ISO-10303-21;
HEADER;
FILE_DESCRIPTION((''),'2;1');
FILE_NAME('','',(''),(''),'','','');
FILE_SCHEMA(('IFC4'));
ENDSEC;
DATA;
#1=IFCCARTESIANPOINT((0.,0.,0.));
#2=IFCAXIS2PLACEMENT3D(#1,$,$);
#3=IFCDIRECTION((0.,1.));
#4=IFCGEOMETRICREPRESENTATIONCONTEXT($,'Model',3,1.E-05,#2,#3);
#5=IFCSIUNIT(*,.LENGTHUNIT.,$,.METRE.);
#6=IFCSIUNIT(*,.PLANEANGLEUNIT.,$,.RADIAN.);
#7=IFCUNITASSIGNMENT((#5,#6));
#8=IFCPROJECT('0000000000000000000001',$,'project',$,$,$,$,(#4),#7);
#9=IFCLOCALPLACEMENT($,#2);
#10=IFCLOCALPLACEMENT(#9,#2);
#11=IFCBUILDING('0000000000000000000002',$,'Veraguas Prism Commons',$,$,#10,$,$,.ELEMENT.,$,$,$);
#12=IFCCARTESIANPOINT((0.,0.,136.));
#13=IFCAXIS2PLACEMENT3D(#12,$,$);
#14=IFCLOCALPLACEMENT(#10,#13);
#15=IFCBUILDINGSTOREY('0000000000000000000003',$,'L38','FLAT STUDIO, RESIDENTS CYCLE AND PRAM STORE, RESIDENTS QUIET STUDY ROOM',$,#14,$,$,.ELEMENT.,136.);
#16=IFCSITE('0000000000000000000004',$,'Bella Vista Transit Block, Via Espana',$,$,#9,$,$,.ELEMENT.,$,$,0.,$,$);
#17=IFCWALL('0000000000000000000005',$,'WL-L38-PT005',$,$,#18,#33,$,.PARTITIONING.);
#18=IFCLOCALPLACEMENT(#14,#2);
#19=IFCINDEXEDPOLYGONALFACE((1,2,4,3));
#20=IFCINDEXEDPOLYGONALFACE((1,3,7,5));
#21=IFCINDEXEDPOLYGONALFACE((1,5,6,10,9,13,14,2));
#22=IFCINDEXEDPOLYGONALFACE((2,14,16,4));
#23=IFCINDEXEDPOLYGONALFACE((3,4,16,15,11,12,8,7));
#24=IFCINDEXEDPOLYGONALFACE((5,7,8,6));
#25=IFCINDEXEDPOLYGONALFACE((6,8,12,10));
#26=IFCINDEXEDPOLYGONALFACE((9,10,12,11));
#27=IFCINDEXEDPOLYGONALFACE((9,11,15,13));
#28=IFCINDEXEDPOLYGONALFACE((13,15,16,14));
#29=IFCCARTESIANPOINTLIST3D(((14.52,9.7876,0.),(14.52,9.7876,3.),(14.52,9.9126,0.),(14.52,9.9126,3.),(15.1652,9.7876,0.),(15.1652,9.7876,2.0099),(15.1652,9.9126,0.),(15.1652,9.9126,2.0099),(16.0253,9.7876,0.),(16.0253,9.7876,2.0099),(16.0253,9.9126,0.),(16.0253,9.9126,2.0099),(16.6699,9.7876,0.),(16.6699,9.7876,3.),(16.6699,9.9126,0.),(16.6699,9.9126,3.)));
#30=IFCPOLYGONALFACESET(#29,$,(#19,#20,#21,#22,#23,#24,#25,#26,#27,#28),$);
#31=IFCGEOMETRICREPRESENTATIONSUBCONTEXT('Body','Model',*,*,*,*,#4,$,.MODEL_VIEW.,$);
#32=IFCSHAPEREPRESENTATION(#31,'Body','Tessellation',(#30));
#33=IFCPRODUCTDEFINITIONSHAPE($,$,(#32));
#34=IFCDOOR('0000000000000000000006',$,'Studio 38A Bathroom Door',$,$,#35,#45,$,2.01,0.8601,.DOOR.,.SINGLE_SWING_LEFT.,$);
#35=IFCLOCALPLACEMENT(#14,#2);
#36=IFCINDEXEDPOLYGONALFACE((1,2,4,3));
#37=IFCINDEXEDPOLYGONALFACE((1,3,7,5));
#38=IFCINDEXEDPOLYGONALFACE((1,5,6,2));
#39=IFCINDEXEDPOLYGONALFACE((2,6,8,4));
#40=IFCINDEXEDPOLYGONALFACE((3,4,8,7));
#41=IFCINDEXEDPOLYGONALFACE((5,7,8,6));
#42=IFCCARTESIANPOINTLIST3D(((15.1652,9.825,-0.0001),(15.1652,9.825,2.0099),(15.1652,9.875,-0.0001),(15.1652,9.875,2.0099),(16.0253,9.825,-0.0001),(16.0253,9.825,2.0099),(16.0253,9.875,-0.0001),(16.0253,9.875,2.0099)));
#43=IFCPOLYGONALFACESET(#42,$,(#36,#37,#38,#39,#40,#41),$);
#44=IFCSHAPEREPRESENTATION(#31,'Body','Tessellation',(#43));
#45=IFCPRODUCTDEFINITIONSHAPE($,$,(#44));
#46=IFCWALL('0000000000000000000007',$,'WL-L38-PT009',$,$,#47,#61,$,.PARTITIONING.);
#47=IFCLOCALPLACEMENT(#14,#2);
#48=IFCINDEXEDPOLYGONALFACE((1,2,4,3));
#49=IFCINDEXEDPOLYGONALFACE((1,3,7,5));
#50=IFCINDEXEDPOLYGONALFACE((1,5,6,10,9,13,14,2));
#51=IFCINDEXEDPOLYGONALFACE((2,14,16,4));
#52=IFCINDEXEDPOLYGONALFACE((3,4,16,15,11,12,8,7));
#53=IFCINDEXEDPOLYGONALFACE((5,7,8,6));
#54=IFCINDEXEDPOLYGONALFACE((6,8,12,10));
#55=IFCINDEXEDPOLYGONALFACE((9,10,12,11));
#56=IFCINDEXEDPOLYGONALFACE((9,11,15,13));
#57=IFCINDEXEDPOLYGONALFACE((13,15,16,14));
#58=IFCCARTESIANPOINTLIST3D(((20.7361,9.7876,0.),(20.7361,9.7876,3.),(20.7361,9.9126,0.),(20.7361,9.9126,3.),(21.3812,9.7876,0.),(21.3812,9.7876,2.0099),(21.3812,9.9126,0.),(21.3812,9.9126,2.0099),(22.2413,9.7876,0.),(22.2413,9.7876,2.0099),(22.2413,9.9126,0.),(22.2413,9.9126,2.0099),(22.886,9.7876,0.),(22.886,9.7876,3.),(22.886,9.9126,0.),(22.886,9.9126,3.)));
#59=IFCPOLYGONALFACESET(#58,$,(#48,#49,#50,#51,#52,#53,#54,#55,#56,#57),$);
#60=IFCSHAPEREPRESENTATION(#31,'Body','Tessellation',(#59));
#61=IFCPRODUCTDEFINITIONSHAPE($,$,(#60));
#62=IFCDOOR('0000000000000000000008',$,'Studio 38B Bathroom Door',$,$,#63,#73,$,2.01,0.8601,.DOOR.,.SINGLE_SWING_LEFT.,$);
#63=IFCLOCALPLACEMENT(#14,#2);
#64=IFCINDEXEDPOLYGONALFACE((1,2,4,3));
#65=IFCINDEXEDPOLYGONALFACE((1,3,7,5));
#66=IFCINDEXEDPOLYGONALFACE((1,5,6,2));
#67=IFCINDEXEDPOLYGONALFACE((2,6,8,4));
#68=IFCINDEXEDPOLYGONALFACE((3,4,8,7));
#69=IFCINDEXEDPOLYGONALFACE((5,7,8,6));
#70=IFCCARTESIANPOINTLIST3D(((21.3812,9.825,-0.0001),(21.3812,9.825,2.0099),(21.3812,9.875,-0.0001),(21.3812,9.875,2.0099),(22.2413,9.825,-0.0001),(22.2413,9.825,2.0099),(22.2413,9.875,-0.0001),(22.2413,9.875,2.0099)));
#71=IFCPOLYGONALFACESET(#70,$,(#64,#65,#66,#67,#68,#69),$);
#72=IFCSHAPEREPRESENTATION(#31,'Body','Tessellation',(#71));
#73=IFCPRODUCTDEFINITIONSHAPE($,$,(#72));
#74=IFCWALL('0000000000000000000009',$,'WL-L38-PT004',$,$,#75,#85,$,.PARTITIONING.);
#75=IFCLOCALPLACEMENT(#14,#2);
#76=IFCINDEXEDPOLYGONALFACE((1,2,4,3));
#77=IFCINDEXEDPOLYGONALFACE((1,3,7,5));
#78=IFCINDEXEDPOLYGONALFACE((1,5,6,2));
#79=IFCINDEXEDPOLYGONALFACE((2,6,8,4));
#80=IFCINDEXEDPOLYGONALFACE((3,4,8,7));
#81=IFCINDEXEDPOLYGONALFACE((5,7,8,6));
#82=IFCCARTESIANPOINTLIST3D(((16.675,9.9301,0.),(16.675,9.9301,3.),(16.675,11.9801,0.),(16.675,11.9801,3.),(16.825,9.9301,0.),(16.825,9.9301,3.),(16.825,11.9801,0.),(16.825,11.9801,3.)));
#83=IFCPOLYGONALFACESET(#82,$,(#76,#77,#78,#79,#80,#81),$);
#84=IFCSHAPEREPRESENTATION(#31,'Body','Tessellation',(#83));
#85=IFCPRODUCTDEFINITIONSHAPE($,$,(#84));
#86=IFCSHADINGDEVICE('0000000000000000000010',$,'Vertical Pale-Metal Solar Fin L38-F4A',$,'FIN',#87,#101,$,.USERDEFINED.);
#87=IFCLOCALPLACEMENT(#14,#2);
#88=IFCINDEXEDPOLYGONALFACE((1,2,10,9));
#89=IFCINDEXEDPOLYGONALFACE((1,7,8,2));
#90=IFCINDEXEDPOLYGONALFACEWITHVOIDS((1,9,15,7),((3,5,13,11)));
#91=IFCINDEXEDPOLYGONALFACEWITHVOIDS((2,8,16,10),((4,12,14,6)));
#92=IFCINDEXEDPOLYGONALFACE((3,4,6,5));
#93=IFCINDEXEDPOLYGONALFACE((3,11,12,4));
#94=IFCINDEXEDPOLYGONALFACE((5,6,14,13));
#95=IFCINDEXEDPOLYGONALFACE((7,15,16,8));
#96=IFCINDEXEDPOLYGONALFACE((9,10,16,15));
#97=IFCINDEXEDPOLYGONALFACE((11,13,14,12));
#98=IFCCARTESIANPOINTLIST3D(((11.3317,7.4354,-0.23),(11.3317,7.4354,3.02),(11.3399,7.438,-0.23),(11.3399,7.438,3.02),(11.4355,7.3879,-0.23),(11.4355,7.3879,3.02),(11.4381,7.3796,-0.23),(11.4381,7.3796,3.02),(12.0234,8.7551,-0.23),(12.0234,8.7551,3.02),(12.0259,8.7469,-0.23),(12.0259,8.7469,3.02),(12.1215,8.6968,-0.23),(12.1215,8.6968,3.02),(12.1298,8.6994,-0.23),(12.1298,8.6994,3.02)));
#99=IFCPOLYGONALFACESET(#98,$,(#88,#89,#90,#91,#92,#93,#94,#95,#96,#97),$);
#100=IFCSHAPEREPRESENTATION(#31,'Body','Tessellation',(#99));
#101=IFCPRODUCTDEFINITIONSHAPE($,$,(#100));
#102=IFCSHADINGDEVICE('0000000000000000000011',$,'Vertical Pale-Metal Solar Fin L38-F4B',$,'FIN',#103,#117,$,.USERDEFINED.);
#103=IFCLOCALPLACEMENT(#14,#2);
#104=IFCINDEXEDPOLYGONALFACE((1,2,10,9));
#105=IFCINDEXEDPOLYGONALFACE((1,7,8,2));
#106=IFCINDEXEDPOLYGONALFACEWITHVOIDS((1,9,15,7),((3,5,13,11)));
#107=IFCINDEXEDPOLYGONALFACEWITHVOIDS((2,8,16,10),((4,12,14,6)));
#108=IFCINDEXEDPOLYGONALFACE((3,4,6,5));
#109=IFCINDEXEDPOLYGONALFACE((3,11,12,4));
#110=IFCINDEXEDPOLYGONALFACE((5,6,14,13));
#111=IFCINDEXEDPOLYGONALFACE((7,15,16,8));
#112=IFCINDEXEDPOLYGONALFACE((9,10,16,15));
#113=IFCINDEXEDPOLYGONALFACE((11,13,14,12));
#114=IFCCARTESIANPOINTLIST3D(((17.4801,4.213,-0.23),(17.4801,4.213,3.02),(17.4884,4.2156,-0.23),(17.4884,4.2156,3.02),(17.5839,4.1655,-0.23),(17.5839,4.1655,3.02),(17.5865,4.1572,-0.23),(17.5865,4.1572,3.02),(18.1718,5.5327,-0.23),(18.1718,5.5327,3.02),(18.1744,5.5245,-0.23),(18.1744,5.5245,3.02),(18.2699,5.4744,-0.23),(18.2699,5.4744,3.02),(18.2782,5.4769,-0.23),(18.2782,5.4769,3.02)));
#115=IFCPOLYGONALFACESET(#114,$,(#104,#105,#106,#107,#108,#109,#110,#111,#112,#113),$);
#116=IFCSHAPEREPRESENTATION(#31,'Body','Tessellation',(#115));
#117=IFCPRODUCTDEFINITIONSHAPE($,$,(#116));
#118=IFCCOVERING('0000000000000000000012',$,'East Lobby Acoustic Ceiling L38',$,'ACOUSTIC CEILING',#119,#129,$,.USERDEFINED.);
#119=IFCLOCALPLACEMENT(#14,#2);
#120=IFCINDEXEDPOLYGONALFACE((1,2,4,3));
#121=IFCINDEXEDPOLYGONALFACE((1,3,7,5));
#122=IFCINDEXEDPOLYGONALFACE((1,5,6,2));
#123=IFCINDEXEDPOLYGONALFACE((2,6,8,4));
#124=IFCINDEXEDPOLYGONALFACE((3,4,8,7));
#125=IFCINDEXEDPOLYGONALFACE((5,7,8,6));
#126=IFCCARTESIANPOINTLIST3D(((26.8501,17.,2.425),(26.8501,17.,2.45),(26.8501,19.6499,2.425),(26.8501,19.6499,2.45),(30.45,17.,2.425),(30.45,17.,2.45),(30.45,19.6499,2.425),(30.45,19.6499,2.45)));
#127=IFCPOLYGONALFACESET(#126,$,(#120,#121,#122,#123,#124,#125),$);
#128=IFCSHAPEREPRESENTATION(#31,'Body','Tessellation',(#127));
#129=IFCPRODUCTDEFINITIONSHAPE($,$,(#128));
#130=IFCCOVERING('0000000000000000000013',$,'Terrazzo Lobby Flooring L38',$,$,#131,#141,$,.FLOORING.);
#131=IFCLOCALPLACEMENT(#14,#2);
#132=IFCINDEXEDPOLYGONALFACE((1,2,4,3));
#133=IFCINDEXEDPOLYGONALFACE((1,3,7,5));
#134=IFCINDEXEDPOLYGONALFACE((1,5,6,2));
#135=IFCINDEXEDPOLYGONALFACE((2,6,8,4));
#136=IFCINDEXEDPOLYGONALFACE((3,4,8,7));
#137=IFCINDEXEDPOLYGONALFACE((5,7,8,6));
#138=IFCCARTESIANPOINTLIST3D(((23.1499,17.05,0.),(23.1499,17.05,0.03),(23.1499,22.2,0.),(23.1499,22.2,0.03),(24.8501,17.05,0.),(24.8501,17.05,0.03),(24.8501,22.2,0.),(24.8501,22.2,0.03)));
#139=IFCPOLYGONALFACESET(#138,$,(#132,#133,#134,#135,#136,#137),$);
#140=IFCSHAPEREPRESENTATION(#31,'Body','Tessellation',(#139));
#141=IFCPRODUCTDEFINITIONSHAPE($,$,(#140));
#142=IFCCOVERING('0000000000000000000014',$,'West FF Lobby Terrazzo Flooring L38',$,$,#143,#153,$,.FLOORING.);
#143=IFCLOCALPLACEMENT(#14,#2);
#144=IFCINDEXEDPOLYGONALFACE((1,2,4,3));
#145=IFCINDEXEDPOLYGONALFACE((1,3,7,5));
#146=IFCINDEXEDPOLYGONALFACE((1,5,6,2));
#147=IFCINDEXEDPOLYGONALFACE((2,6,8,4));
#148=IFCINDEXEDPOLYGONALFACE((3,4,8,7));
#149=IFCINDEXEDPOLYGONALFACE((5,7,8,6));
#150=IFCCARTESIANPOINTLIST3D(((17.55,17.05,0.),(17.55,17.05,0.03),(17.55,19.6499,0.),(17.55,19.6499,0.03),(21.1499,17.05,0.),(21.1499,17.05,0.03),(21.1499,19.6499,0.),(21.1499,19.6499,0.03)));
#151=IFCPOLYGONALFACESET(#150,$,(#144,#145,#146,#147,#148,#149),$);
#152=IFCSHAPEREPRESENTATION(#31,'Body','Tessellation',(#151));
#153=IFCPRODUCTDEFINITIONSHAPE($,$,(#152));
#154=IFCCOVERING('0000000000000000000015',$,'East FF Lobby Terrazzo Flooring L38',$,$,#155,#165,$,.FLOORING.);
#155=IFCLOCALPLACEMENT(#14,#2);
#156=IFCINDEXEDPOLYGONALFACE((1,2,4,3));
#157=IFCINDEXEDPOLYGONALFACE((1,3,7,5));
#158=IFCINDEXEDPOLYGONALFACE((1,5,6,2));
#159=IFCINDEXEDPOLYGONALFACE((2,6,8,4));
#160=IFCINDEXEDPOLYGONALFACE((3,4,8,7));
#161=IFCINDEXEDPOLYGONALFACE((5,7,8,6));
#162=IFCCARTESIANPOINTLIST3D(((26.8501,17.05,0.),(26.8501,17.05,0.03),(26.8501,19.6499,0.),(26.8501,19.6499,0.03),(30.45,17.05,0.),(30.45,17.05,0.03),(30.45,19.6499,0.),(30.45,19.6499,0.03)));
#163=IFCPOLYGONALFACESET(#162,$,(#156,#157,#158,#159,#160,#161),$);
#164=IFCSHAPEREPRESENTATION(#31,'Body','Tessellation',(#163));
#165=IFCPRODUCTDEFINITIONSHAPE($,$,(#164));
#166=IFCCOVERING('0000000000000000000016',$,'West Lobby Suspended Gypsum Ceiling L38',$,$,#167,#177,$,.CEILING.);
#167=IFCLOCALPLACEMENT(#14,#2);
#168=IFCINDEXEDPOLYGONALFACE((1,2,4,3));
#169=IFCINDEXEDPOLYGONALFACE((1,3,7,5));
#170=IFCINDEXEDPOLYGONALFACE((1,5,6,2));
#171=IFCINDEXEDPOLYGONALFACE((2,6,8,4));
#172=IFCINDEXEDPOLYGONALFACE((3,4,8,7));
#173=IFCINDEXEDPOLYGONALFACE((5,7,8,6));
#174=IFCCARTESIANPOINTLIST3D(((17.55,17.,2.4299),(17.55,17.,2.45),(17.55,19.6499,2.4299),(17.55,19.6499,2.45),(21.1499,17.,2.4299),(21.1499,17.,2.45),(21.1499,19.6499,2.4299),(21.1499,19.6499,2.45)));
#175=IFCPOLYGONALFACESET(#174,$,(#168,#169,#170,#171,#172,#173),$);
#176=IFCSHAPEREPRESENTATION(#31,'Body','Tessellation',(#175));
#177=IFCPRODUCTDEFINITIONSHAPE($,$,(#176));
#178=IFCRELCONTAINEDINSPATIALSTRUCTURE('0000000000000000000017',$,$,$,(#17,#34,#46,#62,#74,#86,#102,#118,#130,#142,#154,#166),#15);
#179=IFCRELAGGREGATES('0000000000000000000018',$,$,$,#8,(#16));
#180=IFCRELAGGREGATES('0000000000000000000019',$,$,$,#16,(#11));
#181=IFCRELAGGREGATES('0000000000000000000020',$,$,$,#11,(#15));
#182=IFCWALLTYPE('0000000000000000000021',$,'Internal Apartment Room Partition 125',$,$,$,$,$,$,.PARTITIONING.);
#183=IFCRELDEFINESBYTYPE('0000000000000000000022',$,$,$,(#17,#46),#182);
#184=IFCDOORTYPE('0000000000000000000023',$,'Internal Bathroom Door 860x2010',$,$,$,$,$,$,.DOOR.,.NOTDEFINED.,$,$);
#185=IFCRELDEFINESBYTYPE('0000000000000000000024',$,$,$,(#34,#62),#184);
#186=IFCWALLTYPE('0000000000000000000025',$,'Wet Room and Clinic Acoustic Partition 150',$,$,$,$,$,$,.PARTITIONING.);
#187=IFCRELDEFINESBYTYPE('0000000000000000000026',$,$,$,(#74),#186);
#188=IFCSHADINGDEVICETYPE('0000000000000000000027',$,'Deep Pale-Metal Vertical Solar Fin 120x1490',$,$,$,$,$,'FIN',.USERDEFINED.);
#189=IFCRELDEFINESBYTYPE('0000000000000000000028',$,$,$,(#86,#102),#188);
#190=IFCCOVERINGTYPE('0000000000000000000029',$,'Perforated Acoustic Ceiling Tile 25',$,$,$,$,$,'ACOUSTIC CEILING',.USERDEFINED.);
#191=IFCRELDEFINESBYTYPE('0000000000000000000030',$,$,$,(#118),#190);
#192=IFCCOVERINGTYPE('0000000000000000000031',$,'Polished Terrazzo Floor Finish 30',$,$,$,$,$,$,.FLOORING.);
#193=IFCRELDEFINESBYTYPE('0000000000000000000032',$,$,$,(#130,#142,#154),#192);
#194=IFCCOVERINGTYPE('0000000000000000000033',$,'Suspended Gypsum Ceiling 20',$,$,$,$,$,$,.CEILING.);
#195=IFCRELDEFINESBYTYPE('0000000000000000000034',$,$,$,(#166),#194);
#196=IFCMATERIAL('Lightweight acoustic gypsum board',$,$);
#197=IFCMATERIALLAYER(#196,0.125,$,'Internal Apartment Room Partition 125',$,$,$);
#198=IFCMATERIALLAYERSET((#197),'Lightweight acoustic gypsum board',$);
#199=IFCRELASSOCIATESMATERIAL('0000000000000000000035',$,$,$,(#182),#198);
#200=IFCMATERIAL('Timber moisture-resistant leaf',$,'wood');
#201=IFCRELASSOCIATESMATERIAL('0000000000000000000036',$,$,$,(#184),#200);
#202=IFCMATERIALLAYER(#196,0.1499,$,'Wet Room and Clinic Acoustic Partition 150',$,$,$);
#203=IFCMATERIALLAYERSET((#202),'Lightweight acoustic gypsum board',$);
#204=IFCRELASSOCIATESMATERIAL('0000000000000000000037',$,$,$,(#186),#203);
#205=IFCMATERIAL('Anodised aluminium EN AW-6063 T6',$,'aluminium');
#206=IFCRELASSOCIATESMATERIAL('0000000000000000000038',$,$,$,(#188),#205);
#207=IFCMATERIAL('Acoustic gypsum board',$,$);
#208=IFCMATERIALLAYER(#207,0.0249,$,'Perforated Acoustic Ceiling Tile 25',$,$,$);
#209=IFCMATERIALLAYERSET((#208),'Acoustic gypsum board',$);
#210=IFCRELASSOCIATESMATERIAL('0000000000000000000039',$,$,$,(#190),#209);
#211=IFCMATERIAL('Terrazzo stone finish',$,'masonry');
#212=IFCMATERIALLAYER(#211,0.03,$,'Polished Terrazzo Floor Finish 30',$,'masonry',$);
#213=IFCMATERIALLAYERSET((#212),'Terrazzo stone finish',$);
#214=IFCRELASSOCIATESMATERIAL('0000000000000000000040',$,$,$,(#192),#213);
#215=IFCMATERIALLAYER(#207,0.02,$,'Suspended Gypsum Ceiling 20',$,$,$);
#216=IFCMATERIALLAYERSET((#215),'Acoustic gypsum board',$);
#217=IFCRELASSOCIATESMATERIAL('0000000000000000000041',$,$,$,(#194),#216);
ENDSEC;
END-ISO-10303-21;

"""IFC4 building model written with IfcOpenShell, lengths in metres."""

from ifc_helpers import new_model, si_unit, direction, frame, frame_2d, origin, origin_2d, place, context, subcontext, project, spatial, polyline, rectangle, hollow_rectangle, outline, extrude, source, transform, mapped, material, layer, layer_set, material_profile, profile_set, type_object, element, fill, save


model = new_model("IFC4")

# Units and contexts
model_context = context("Model", 3, precision=1e-05, world=origin(), true_north=direction((0.0, 1.0)))
body_context = subcontext(model_context, "Body", "Model", "MODEL_VIEW")
ifc_project = project(units=[si_unit("LENGTHUNIT", "METRE"), si_unit("PLANEANGLEUNIT", "RADIAN")], contexts=[model_context])

# Site, building, storey
site_placement = place(None, origin())
site = spatial("IfcSite", under=ifc_project, at=site_placement, Name="Bella Vista Transit Block, Via Espana", CompositionType="ELEMENT", RefElevation=0.0)
building_placement = place(site_placement, origin())
building = spatial("IfcBuilding", under=site, at=building_placement, Name="Veraguas Prism Commons", CompositionType="ELEMENT")
storey_placement = place(building_placement, frame((0.0, 0.0, 136.0)))
storey = spatial("IfcBuildingStorey", under=building, at=storey_placement, Name="L38", Description="FLAT STUDIO, RESIDENTS CYCLE AND PRAM STORE, RESIDENTS QUIET STUDY ROOM", CompositionType="ELEMENT", Elevation=136.0)

# Shared definitions
ifc_material_1 = material(Name="Anodised aluminium EN AW-6063 T6", Category="aluminium")

# Walls, openings, doors
ifc_material_2 = material(Name="Lightweight acoustic gypsum board")
ifc_layer_1 = layer(ifc_material_2, 0.125, Name="Internal Apartment Room Partition 125")
ifc_layer_set_1 = layer_set([ifc_layer_1], Name="Lightweight acoustic gypsum board")
wall_type_1 = type_object("IfcWallType", Name="Internal Apartment Room Partition 125", PredefinedType="PARTITIONING", material=ifc_layer_set_1)
wall_1_placement = place(storey_placement, frame((14.52, 9.8501, 0.0), z_axis=(0.0, 0.0, 1.0), x_axis=(1.0, 0.0, 0.0)))
wall_1 = element("IfcWall", 1, at=wall_1_placement, inside=storey, type_object=wall_type_1, Name="WL-L38-PT005", PredefinedType="PARTITIONING", context=body_context, shape_type="SweptSolid", body=[
    extrude(rectangle(XDim=2.1499, YDim=0.125, at=frame_2d((1.075, 0.0))), origin(), (0.0, 0.0, 1.0), 3.0),
])
opening_1_placement = place(wall_1_placement, frame((0.645, 0.0, 0.0)))
opening_1 = element("IfcOpeningElement", 2, at=opening_1_placement, cuts=wall_1, PredefinedType="OPENING", context=body_context, shape_type="SweptSolid", body=[
    extrude(rectangle(XDim=0.8601, YDim=2.01, at=frame_2d((0.4302, 1.0049))), frame((0.0, 0.0725, 0.0), z_axis=(0.0, -1.0, 0.0), x_axis=(1.0, 0.0, 0.0)), (0.0, 0.0, 1.0), 0.145),
])
ifc_material_3 = material(Name="Timber moisture-resistant leaf", Category="wood")
door_type = type_object("IfcDoorType", Name="Internal Bathroom Door 860x2010", OperationType="NOTDEFINED", PredefinedType="DOOR", material=ifc_material_3)
shared_shape_1 = source(origin(), body_context, "Body", "SweptSolid", [
    extrude(rectangle(XDim=0.8601, YDim=2.01, at=frame_2d((0.4302, 1.0049))), frame((0.0, 0.0249, 0.0), z_axis=(0.0, -1.0, 0.0), x_axis=(1.0, 0.0, 0.0)), (0.0, 0.0, 1.0), 0.05),
])
door_1_placement = place(opening_1_placement, origin())
door_1 = element("IfcDoor", 3, at=door_1_placement, inside=storey, type_object=door_type, Name="Studio 38A Bathroom Door", OperationType="SINGLE_SWING_LEFT", OverallHeight=2.01, OverallWidth=0.8601, PredefinedType="DOOR", context=body_context, shape_type="MappedRepresentation", body=[
    mapped(shared_shape_1, transform((0.0, 0.0, 0.0), scale=1.0)),
])
fill(opening_1, door_1)
wall_2_placement = place(storey_placement, frame((20.7361, 9.8501, 0.0), z_axis=(0.0, 0.0, 1.0), x_axis=(1.0, 0.0, 0.0)))
wall_2 = element("IfcWall", 4, at=wall_2_placement, inside=storey, type_object=wall_type_1, Name="WL-L38-PT009", PredefinedType="PARTITIONING", context=body_context, shape_type="SweptSolid", body=[
    extrude(rectangle(XDim=2.1499, YDim=0.125, at=frame_2d((1.075, 0.0))), origin(), (0.0, 0.0, 1.0), 3.0),
])
opening_2_placement = place(wall_2_placement, frame((0.645, 0.0, 0.0)))
opening_2 = element("IfcOpeningElement", 5, at=opening_2_placement, cuts=wall_2, PredefinedType="OPENING", context=body_context, shape_type="SweptSolid", body=[
    extrude(rectangle(XDim=0.8601, YDim=2.01, at=frame_2d((0.4302, 1.0049))), frame((0.0, 0.0725, 0.0), z_axis=(0.0, -1.0, 0.0), x_axis=(1.0, 0.0, 0.0)), (0.0, 0.0, 1.0), 0.145),
])
door_2_placement = place(opening_2_placement, origin())
door_2 = element("IfcDoor", 6, at=door_2_placement, inside=storey, type_object=door_type, Name="Studio 38B Bathroom Door", OperationType="SINGLE_SWING_LEFT", OverallHeight=2.01, OverallWidth=0.8601, PredefinedType="DOOR", context=body_context, shape_type="MappedRepresentation", body=[
    mapped(shared_shape_1, transform((0.0, 0.0, 0.0), scale=1.0)),
])
fill(opening_2, door_2)

# Wall
ifc_layer_2 = layer(ifc_material_2, 0.1499, Name="Wet Room and Clinic Acoustic Partition 150")
ifc_layer_set_2 = layer_set([ifc_layer_2], Name="Lightweight acoustic gypsum board")
wall_type_2 = type_object("IfcWallType", Name="Wet Room and Clinic Acoustic Partition 150", PredefinedType="PARTITIONING", material=ifc_layer_set_2)
wall_3_placement = place(storey_placement, frame((16.75, 11.98, 0.0), z_axis=(0.0, 0.0, 1.0), x_axis=(0.0, -1.0, 0.0)))
element("IfcWall", 7, at=wall_3_placement, inside=storey, type_object=wall_type_2, Name="WL-L38-PT004", PredefinedType="PARTITIONING", context=body_context, shape_type="SweptSolid", body=[
    extrude(rectangle(XDim=2.05, YDim=0.1499, at=frame_2d((1.0249, 0.0))), origin(), (0.0, 0.0, 1.0), 3.0),
])

# Shading devices
ifc_material_profile_1 = material_profile(ifc_material_1, hollow_rectangle(XDim=0.1201, YDim=1.49, WallThickness=0.0061, at=origin_2d()), Name="FIN120X1490X6")
ifc_profile_set_1 = profile_set([ifc_material_profile_1], Name="Anodised aluminium EN AW-6063 T6")
shading_device_type = type_object("IfcShadingDeviceType", Name="Deep Pale-Metal Vertical Solar Fin 120x1490", ElementType="FIN", PredefinedType="USERDEFINED", material=ifc_profile_set_1)
for number, where, z_axis, x_axis, name in (
    (8, (11.7307, 8.0674, -0.23), (0.0, 0.0, 1.0), (0.885719, -0.464222, 0.0), "Vertical Pale-Metal Solar Fin L38-F4A"),
    (9, (17.8792, 4.845, -0.23), (0.0, 0.0, 1.0), (0.885719, -0.464222, 0.0), "Vertical Pale-Metal Solar Fin L38-F4B"),
):
    element("IfcShadingDevice", number, at=place(storey_placement, frame(where, z_axis=z_axis, x_axis=x_axis)), inside=storey, type_object=shading_device_type, Name=name, ObjectType="FIN", PredefinedType="USERDEFINED", context=body_context, shape_type="SweptSolid", body=[
        extrude(hollow_rectangle(XDim=0.1201, YDim=1.49, WallThickness=0.0061, at=origin_2d()), origin(), (0.0, 0.0, 1.0), 3.25),
    ])

# Coverings
ifc_material_4 = material(Name="Acoustic gypsum board")
ifc_layer_3 = layer(ifc_material_4, 0.0249, Name="Perforated Acoustic Ceiling Tile 25")
ifc_layer_set_3 = layer_set([ifc_layer_3], Name="Acoustic gypsum board")
covering_type_1 = type_object("IfcCoveringType", Name="Perforated Acoustic Ceiling Tile 25", ElementType="ACOUSTIC CEILING", PredefinedType="USERDEFINED", material=ifc_layer_set_3)
covering_1_placement = place(storey_placement, frame((0.0, 0.0, 2.425)))
element("IfcCovering", 10, at=covering_1_placement, inside=storey, type_object=covering_type_1, Name="East Lobby Acoustic Ceiling L38", ObjectType="ACOUSTIC CEILING", PredefinedType="USERDEFINED", context=body_context, shape_type="SweptSolid", body=[
    extrude(outline(polyline([(26.8501, 17.0), (30.45, 17.0), (30.45, 19.6499), (26.8501, 19.6499), (26.8501, 17.0)])), origin(), (0.0, 0.0, 1.0), 0.0249),
])
ifc_material_5 = material(Name="Terrazzo stone finish", Category="masonry")
ifc_layer_4 = layer(ifc_material_5, 0.03, Name="Polished Terrazzo Floor Finish 30", Category="masonry")
ifc_layer_set_4 = layer_set([ifc_layer_4], Name="Terrazzo stone finish")
covering_type_2 = type_object("IfcCoveringType", Name="Polished Terrazzo Floor Finish 30", PredefinedType="FLOORING", material=ifc_layer_set_4)
covering_2_placement = place(storey_placement, origin())
element("IfcCovering", 11, at=covering_2_placement, inside=storey, type_object=covering_type_2, Name="Terrazzo Lobby Flooring L38", PredefinedType="FLOORING", context=body_context, shape_type="SweptSolid", body=[
    extrude(outline(polyline([(23.1499, 17.05), (24.8501, 17.05), (24.8501, 22.2), (23.1499, 22.2), (23.1499, 17.05)])), origin(), (0.0, 0.0, 1.0), 0.03),
])
covering_3_placement = place(storey_placement, origin())
element("IfcCovering", 12, at=covering_3_placement, inside=storey, type_object=covering_type_2, Name="West FF Lobby Terrazzo Flooring L38", PredefinedType="FLOORING", context=body_context, shape_type="SweptSolid", body=[
    extrude(outline(polyline([(17.55, 17.05), (21.1499, 17.05), (21.1499, 19.6499), (17.55, 19.6499), (17.55, 17.05)])), origin(), (0.0, 0.0, 1.0), 0.03),
])
covering_4_placement = place(storey_placement, origin())
element("IfcCovering", 13, at=covering_4_placement, inside=storey, type_object=covering_type_2, Name="East FF Lobby Terrazzo Flooring L38", PredefinedType="FLOORING", context=body_context, shape_type="SweptSolid", body=[
    extrude(outline(polyline([(26.8501, 17.05), (30.45, 17.05), (30.45, 19.6499), (26.8501, 19.6499), (26.8501, 17.05)])), origin(), (0.0, 0.0, 1.0), 0.03),
])
ifc_layer_5 = layer(ifc_material_4, 0.02, Name="Suspended Gypsum Ceiling 20")
ifc_layer_set_5 = layer_set([ifc_layer_5], Name="Acoustic gypsum board")
covering_type_3 = type_object("IfcCoveringType", Name="Suspended Gypsum Ceiling 20", PredefinedType="CEILING", material=ifc_layer_set_5)
covering_5_placement = place(storey_placement, frame((0.0, 0.0, 2.4299)))
element("IfcCovering", 14, at=covering_5_placement, inside=storey, type_object=covering_type_3, Name="West Lobby Suspended Gypsum Ceiling L38", PredefinedType="CEILING", context=body_context, shape_type="SweptSolid", body=[
    extrude(outline(polyline([(17.55, 17.0), (21.1499, 17.0), (21.1499, 19.6499), (17.55, 19.6499), (17.55, 17.0)])), origin(), (0.0, 0.0, 1.0), 0.02),
])

save(model, "model.ifc")
